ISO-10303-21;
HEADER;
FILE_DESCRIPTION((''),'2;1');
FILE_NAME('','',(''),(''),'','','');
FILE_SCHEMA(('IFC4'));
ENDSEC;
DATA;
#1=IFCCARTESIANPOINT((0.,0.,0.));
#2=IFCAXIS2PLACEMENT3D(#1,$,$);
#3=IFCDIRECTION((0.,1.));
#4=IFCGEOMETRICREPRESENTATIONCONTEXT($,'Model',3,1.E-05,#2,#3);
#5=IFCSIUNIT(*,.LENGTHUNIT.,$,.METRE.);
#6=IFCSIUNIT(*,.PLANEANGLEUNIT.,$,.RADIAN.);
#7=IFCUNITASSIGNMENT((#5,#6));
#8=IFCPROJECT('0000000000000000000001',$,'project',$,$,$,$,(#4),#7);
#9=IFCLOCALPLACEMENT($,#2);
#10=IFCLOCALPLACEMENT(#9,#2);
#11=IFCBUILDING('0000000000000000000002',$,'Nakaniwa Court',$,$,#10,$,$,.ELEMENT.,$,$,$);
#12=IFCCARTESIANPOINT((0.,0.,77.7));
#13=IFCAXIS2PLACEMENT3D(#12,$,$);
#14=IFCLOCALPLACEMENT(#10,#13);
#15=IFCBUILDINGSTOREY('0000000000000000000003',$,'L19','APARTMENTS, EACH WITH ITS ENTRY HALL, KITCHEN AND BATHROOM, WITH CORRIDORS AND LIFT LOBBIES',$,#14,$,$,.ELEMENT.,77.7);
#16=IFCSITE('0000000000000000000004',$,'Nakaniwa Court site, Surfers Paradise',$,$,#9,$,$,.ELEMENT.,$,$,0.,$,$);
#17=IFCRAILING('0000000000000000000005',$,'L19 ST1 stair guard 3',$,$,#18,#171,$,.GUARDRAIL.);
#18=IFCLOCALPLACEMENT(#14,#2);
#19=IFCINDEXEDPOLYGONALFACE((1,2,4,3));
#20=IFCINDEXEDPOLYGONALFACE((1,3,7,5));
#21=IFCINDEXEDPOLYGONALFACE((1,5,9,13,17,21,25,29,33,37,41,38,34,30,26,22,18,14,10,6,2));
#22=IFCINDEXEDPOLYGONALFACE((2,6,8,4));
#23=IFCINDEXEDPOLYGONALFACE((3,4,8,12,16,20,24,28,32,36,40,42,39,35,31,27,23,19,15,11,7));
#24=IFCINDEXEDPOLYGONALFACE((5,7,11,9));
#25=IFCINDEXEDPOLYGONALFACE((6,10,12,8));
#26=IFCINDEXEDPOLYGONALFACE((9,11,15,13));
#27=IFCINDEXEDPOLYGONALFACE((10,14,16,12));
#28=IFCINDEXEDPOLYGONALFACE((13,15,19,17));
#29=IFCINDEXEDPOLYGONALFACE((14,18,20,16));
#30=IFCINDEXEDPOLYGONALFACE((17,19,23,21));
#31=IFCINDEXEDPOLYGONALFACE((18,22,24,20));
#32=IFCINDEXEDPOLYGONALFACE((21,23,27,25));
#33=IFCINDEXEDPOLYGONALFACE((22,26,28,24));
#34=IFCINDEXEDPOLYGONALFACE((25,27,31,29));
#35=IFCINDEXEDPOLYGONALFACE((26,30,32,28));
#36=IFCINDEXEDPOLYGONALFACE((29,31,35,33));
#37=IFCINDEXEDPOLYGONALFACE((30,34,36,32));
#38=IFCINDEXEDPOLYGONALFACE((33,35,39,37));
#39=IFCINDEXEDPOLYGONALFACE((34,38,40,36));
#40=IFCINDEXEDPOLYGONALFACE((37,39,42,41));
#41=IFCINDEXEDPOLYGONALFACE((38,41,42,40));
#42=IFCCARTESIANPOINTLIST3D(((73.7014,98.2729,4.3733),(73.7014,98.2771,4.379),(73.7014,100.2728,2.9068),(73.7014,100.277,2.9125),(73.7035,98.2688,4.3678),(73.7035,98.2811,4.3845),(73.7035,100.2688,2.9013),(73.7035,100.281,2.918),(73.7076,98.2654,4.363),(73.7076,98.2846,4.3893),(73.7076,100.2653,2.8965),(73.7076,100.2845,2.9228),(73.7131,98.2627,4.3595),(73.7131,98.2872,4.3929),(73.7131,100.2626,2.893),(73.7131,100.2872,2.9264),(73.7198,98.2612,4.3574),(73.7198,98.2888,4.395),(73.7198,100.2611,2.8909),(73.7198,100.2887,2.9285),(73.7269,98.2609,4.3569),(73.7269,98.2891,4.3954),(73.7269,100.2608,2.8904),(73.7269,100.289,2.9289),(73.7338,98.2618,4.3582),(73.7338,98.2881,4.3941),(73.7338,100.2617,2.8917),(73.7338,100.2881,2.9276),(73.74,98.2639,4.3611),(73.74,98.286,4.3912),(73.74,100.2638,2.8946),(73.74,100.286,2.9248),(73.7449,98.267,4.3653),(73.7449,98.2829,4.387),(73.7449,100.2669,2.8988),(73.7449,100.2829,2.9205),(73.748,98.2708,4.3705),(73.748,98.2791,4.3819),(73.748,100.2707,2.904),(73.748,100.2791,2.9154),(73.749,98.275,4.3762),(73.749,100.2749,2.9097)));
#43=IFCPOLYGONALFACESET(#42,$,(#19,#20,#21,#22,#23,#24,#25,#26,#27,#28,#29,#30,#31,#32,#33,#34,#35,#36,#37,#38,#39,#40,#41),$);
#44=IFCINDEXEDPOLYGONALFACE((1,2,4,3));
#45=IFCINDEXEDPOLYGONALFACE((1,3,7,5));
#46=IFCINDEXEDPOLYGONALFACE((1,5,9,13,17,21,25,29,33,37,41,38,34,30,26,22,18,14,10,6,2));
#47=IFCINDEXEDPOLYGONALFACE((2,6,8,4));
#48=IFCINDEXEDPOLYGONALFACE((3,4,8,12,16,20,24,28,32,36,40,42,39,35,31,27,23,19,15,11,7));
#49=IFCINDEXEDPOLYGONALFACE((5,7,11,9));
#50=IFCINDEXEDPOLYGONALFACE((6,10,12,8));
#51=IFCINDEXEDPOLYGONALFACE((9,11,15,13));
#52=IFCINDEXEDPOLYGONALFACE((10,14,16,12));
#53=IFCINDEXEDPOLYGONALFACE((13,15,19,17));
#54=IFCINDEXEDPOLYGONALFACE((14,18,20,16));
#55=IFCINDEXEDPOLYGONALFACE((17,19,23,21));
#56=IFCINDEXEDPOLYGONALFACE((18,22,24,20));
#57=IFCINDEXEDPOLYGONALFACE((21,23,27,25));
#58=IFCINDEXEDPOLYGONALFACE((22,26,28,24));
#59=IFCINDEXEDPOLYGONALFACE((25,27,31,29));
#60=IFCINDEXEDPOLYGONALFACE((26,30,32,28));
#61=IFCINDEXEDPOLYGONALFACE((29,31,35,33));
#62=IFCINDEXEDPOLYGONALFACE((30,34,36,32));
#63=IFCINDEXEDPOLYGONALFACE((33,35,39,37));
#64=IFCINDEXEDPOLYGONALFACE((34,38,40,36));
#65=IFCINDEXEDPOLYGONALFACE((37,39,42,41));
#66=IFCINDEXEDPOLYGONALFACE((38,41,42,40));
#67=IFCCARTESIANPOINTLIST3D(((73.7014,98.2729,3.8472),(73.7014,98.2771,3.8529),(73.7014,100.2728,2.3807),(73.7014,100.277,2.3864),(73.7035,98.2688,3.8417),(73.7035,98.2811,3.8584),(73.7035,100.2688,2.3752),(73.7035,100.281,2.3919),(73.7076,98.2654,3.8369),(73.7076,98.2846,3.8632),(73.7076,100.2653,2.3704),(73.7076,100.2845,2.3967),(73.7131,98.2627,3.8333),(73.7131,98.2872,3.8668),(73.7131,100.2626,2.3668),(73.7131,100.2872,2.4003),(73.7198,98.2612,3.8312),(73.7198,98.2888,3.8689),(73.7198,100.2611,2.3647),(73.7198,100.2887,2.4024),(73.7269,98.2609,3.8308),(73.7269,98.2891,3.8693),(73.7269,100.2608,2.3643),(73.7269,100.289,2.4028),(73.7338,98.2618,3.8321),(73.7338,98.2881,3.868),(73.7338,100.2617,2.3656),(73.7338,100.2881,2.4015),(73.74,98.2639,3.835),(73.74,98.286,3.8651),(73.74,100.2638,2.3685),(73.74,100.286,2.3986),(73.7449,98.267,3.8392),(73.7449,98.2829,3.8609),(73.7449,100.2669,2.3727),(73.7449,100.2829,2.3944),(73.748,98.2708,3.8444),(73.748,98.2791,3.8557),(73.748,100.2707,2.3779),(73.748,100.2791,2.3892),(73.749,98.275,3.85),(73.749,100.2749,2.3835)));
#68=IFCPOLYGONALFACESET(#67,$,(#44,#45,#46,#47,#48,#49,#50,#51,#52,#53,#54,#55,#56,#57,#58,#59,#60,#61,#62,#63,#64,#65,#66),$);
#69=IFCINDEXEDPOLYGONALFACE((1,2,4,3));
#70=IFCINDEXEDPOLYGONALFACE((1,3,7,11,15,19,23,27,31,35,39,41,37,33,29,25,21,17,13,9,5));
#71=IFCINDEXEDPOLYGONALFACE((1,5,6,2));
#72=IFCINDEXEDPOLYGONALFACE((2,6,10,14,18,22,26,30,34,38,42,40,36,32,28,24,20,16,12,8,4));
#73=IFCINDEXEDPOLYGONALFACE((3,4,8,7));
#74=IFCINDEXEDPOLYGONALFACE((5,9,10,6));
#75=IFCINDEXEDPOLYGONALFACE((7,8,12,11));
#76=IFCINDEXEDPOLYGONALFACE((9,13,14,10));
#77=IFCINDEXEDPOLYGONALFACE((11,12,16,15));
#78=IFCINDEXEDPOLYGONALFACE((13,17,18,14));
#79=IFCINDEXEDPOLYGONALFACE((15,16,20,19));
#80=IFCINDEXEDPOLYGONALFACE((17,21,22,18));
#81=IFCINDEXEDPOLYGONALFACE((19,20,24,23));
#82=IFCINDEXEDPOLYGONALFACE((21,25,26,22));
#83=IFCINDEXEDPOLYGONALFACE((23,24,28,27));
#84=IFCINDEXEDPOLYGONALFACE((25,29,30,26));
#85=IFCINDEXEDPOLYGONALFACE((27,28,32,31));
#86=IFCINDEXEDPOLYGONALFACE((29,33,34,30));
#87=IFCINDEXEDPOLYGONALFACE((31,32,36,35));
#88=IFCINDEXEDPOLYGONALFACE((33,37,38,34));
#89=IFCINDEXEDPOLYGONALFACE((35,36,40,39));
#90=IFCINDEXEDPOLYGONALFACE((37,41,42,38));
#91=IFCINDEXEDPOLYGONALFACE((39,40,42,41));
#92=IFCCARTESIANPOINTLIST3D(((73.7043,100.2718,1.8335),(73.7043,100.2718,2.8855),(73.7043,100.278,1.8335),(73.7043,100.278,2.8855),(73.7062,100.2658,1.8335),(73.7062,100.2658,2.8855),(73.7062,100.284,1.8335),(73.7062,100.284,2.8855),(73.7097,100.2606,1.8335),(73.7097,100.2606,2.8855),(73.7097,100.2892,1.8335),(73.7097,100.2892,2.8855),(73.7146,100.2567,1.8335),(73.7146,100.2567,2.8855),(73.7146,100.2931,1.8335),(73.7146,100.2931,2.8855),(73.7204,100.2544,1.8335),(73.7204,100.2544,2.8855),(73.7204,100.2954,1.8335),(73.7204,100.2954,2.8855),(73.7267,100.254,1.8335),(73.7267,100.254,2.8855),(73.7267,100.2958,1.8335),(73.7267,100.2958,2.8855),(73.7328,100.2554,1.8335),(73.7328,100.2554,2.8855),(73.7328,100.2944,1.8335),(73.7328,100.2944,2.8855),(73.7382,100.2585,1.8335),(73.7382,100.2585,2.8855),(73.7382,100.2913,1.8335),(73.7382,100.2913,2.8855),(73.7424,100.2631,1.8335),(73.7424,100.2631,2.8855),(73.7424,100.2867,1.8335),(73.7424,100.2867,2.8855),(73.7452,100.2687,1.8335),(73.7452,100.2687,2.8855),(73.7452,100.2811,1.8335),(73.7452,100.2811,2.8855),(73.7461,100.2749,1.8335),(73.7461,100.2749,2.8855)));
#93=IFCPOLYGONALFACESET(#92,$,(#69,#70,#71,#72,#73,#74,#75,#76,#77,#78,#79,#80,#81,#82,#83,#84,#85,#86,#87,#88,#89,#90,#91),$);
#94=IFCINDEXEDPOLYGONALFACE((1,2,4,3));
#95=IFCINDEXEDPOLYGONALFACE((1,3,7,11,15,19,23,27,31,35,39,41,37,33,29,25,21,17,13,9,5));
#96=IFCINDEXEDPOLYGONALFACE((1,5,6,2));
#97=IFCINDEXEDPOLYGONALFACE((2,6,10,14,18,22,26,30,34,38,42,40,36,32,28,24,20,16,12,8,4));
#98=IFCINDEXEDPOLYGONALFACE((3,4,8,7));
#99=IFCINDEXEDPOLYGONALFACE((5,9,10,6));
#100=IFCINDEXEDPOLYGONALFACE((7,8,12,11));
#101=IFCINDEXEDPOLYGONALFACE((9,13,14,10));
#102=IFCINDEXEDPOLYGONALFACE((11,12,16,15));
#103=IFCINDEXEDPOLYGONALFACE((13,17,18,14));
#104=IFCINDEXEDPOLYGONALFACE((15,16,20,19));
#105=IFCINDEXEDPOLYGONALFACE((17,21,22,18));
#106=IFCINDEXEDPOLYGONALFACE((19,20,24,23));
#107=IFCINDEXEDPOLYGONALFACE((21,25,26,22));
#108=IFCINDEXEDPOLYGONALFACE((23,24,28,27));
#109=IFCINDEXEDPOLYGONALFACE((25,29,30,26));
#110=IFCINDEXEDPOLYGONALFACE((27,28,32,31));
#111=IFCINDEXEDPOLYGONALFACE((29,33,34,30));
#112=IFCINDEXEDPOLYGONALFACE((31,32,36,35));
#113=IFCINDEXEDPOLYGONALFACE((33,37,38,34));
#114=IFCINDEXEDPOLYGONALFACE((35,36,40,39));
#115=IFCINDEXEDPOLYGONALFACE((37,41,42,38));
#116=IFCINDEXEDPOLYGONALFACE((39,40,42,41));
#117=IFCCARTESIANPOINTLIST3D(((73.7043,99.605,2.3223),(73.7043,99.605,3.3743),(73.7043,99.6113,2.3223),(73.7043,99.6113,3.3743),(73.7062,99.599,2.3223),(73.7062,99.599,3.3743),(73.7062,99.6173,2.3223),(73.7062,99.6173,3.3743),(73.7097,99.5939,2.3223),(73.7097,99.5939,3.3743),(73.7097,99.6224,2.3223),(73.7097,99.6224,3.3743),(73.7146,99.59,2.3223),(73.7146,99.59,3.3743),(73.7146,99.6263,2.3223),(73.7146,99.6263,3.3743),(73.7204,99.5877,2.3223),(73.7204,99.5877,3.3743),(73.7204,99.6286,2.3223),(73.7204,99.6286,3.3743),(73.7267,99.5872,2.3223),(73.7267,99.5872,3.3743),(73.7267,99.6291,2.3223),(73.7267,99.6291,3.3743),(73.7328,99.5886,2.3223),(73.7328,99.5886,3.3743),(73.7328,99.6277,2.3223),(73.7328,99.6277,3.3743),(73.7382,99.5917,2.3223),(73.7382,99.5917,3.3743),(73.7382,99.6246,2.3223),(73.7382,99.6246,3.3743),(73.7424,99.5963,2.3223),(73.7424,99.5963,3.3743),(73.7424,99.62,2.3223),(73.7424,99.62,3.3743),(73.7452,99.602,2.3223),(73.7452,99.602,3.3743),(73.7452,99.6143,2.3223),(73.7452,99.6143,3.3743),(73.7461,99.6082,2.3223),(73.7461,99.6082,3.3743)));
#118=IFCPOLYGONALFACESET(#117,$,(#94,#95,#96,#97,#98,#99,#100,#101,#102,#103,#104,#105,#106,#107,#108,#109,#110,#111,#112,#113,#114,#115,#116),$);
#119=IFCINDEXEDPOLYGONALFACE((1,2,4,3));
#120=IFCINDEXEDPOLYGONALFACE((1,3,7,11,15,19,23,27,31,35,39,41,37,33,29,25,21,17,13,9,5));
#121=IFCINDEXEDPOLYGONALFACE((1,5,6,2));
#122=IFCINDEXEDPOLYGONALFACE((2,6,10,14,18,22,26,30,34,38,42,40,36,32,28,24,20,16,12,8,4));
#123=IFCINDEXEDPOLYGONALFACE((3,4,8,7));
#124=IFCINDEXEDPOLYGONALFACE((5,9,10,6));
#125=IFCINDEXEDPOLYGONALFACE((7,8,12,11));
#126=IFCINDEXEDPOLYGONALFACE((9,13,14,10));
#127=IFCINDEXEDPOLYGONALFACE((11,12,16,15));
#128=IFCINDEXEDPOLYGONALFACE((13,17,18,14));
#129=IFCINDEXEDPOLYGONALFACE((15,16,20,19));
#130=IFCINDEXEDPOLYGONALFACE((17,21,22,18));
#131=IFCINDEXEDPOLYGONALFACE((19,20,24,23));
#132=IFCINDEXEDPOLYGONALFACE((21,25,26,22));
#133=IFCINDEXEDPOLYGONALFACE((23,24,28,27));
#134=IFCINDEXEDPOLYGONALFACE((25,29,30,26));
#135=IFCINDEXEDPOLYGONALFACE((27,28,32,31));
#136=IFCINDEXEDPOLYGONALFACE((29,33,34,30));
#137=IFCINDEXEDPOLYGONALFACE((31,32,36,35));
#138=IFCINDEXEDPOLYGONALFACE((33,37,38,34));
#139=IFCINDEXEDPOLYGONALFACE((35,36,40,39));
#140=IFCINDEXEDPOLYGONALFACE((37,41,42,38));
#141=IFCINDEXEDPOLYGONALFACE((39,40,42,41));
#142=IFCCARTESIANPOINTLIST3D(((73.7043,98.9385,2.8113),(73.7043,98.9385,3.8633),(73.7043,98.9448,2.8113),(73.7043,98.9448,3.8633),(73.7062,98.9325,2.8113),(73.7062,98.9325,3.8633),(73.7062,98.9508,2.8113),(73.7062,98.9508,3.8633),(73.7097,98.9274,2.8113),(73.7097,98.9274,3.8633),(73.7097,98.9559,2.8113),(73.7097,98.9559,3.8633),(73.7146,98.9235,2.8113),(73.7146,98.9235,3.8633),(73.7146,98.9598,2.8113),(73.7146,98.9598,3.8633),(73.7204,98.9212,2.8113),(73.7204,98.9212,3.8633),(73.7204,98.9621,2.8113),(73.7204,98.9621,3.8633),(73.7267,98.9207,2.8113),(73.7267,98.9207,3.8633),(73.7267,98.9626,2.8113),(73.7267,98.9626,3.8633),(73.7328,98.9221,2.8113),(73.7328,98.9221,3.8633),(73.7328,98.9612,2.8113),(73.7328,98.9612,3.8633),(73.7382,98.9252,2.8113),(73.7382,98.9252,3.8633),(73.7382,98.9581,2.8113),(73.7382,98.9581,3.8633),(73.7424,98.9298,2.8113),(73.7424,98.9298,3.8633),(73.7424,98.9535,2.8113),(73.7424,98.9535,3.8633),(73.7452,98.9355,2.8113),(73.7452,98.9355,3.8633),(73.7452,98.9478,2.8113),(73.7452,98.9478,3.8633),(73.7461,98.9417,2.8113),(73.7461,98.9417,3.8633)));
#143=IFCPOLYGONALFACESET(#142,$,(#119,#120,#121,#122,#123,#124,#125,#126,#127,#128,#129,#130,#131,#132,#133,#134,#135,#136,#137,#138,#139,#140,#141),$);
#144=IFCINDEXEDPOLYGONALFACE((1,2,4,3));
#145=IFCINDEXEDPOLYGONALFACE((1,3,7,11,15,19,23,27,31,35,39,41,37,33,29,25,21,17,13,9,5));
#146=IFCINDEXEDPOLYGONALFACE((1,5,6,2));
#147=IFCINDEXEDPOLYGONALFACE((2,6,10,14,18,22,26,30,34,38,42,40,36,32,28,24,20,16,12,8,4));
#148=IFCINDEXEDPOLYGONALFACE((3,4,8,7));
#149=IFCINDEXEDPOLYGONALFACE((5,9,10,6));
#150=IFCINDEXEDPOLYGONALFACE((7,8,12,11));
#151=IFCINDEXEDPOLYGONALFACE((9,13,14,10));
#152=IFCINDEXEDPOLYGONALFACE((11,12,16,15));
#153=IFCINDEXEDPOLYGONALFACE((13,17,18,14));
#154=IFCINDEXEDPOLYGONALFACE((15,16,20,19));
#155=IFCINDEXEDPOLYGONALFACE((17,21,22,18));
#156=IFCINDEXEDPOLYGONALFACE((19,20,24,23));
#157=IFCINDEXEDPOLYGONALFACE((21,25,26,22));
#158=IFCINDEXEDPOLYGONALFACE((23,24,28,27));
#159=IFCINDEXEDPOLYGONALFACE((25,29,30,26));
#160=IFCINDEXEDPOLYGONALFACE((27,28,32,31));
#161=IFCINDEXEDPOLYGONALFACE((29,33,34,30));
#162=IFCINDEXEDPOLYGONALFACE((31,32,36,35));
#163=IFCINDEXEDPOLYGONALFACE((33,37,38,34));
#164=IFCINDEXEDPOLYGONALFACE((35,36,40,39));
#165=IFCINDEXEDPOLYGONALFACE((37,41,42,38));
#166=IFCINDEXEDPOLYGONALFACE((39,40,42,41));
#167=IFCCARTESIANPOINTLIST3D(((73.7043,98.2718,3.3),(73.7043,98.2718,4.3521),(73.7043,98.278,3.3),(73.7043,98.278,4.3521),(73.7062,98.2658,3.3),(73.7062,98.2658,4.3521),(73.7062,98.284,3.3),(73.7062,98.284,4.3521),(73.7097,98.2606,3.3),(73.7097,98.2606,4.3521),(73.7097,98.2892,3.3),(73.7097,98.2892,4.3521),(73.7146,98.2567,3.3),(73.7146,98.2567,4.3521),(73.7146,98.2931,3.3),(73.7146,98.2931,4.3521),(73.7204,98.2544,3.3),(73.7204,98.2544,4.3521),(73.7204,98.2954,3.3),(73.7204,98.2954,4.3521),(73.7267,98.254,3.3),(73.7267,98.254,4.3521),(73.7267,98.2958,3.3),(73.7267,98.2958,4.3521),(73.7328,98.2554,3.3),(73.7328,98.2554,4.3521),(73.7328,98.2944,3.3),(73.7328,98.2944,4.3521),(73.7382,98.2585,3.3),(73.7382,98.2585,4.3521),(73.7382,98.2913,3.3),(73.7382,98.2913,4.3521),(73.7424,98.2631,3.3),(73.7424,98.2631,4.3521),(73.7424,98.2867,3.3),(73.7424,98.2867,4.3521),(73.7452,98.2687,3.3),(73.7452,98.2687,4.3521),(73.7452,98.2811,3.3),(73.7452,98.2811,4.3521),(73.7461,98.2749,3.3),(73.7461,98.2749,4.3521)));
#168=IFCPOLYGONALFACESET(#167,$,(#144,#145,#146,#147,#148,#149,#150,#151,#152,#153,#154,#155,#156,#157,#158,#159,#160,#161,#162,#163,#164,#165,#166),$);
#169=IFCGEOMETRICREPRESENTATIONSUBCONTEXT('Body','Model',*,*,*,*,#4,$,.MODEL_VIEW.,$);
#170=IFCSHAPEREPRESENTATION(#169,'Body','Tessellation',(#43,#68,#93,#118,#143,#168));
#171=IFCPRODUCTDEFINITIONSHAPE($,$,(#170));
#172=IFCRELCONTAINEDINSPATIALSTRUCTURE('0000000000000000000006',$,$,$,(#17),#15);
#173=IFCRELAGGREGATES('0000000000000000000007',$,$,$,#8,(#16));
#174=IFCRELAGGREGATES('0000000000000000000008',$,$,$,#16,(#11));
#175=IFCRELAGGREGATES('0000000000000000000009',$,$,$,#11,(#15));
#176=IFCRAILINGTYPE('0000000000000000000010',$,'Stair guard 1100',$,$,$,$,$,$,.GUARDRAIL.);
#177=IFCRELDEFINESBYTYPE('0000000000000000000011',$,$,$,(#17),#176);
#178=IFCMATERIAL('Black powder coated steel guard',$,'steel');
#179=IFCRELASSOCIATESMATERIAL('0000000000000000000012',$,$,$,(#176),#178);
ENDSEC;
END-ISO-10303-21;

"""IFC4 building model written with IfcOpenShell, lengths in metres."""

from ifc_helpers import new_model, si_unit, direction, frame, origin, origin_2d, place, context, subcontext, project, spatial, circle, extrude, material, type_object, element, save


model = new_model("IFC4")

# Units and contexts
model_context = context("Model", 3, precision=1e-05, world=origin(), true_north=direction((0.0, 1.0)))
body_context = subcontext(model_context, "Body", "Model", "MODEL_VIEW")
ifc_project = project(units=[si_unit("LENGTHUNIT", "METRE"), si_unit("PLANEANGLEUNIT", "RADIAN")], contexts=[model_context])

# Site, building, storey
site_placement = place(None, origin())
site = spatial("IfcSite", under=ifc_project, at=site_placement, Name="Nakaniwa Court site, Surfers Paradise", CompositionType="ELEMENT", RefElevation=0.0)
building_placement = place(site_placement, origin())
building = spatial("IfcBuilding", under=site, at=building_placement, Name="Nakaniwa Court", CompositionType="ELEMENT")
storey_placement = place(building_placement, frame((0.0, 0.0, 77.7)))
storey = spatial("IfcBuildingStorey", under=building, at=storey_placement, Name="L19", Description="APARTMENTS, EACH WITH ITS ENTRY HALL, KITCHEN AND BATHROOM, WITH CORRIDORS AND LIFT LOBBIES", CompositionType="ELEMENT", Elevation=77.7)

# Railing
ifc_material_1 = material(Name="Black powder coated steel guard", Category="steel")
railing_type_1 = type_object("IfcRailingType", Name="Stair guard 1100", PredefinedType="GUARDRAIL", material=ifc_material_1)
railing_1_placement = place(storey_placement, frame((73.7251, 100.2749, 1.8335)))
element("IfcRailing", 1, at=railing_1_placement, inside=storey, type_object=railing_type_1, Name="L19 ST1 stair guard 3", PredefinedType="GUARDRAIL", context=body_context, shape_type="SweptSolid", body=[
    extrude(circle(Radius=0.0239, at=origin_2d()), frame((0.0, 0.0, 1.0762), z_axis=(0.0, -0.806427, 0.591334), x_axis=(1.0, 0.0, 0.0)), (0.0, 0.0, 1.0), 2.48),
    extrude(circle(Radius=0.0239, at=origin_2d()), frame((0.0, 0.0, 0.55), z_axis=(0.0, -0.806427, 0.591334), x_axis=(1.0, 0.0, 0.0)), (0.0, 0.0, 1.0), 2.48),
    extrude(circle(Radius=0.021, at=origin_2d()), origin(), (0.0, 0.0, 1.0), 1.052),
    extrude(circle(Radius=0.021, at=origin_2d()), frame((0.0, -0.6667, 0.4888)), (0.0, 0.0, 1.0), 1.052),
    extrude(circle(Radius=0.021, at=origin_2d()), frame((0.0, -1.3333, 0.9778)), (0.0, 0.0, 1.0), 1.052),
    extrude(circle(Radius=0.021, at=origin_2d()), frame((0.0, -2.0, 1.4666)), (0.0, 0.0, 1.0), 1.052),
])

save(model, "model.ifc")
